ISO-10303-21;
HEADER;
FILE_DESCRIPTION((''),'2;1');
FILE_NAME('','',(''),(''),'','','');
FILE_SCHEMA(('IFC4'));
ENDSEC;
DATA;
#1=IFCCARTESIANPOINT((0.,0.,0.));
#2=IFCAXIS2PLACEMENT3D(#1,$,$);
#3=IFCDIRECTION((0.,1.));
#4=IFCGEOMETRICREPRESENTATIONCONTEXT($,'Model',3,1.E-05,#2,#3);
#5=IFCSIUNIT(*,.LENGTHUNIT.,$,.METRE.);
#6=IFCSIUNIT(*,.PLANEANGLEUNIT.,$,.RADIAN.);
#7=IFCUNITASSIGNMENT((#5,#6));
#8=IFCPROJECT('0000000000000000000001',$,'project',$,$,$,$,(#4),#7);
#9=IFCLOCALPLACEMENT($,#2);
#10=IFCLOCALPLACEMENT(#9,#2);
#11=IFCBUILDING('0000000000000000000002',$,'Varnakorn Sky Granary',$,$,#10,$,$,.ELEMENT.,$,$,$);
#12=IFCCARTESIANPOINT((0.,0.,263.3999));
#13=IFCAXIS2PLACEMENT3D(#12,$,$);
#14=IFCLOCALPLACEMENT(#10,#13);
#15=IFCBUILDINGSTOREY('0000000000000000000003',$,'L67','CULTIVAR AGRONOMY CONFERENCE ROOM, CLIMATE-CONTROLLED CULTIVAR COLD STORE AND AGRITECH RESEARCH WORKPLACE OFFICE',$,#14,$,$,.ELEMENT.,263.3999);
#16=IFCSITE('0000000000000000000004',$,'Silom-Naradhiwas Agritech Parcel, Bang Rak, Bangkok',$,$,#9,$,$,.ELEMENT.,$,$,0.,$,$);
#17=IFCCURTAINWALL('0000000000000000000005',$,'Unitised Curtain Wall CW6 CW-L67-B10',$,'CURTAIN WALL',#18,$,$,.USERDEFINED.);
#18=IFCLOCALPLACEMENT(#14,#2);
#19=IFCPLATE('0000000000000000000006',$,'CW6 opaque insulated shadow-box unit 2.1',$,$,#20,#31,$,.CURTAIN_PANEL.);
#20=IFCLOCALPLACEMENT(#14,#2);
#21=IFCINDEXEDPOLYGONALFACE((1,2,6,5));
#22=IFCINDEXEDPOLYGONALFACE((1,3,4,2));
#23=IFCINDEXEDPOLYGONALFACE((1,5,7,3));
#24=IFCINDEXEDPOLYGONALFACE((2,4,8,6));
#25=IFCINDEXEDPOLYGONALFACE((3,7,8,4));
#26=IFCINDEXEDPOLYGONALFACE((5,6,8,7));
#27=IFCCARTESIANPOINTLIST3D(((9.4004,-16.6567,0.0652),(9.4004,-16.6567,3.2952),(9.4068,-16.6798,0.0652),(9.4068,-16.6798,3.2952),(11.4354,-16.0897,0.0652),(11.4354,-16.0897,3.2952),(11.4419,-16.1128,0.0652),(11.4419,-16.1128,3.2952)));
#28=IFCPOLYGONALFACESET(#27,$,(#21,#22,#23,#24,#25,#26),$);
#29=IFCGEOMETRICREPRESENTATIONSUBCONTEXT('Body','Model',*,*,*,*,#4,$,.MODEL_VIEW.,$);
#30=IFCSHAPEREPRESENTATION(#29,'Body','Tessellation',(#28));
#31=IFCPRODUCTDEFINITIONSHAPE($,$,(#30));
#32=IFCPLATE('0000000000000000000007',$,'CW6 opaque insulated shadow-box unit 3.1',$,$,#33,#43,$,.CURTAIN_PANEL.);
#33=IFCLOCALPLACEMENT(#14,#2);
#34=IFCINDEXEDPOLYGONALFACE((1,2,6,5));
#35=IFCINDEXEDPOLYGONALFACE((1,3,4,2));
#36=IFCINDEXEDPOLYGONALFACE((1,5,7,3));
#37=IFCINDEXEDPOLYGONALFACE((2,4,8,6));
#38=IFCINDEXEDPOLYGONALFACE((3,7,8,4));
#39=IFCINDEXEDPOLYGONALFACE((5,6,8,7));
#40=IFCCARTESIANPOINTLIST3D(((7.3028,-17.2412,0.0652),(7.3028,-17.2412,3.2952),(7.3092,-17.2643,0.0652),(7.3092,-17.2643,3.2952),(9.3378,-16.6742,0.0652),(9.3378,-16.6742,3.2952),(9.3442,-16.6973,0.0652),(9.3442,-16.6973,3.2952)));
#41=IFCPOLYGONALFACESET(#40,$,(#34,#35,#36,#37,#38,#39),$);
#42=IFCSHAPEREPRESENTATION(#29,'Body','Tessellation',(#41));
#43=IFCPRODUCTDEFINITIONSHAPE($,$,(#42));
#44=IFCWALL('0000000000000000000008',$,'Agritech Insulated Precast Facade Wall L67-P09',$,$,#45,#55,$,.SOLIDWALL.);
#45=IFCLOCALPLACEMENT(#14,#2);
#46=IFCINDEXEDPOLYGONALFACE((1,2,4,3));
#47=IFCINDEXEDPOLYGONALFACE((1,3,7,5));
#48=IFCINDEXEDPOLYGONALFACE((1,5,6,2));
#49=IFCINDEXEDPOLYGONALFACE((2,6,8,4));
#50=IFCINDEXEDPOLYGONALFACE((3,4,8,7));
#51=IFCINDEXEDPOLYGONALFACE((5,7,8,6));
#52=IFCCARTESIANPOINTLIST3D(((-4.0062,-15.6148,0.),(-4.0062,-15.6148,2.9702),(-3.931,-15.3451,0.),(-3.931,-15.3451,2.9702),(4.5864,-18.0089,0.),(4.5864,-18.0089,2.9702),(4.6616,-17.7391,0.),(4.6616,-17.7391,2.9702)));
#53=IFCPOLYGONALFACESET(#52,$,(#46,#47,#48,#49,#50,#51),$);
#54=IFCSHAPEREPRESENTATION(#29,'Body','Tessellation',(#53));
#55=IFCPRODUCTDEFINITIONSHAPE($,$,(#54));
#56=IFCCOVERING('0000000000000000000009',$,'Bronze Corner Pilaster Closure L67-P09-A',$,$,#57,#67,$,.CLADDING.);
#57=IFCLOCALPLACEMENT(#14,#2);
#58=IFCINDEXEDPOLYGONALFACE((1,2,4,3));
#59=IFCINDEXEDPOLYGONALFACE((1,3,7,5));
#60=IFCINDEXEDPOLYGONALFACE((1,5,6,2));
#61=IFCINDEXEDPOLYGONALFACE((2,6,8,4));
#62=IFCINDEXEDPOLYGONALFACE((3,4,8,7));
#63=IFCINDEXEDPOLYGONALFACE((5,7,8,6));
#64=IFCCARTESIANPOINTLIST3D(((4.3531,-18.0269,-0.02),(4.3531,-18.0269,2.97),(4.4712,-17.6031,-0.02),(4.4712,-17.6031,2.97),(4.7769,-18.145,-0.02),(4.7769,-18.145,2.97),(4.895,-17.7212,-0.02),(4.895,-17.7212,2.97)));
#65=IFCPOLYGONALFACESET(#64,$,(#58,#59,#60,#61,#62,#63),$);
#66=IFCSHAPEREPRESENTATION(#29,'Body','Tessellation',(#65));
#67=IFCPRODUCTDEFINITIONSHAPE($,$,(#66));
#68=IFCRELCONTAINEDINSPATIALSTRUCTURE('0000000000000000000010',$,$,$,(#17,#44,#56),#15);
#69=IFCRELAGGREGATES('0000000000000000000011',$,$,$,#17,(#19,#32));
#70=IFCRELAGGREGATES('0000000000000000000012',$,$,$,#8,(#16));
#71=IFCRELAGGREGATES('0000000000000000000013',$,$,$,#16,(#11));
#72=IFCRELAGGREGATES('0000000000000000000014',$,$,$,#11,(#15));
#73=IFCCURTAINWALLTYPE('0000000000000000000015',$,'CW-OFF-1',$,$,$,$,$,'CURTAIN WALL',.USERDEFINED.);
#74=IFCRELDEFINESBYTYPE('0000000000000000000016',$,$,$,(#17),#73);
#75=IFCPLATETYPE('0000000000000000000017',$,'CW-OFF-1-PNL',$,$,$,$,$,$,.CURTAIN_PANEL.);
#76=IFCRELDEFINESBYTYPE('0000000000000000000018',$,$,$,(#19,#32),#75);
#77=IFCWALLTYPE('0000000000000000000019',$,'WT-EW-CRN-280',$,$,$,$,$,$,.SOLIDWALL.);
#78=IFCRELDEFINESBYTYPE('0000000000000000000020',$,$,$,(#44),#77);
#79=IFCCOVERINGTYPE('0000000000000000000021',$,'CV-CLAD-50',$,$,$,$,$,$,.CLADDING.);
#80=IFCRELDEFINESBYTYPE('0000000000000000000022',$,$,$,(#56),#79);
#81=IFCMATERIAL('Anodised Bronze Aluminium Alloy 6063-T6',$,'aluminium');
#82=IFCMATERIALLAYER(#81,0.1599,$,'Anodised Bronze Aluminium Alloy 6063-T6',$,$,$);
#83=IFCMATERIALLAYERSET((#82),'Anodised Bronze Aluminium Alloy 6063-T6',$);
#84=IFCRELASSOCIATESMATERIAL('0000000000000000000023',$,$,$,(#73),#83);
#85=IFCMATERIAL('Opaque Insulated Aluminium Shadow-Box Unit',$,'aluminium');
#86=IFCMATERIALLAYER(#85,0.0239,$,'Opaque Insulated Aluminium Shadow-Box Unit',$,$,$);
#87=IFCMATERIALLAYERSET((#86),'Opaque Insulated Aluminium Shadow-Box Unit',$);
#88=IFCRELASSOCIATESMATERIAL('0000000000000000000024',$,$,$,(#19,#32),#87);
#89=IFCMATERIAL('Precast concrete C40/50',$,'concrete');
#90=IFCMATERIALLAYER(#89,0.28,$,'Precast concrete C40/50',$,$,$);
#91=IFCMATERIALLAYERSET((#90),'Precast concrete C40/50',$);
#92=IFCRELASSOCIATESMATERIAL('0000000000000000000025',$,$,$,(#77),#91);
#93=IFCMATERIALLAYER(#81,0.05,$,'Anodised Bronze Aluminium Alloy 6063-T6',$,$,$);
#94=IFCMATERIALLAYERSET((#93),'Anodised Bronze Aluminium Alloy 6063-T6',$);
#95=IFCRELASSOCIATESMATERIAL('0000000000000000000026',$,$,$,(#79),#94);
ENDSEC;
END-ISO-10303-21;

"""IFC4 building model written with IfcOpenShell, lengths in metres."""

from ifc_helpers import new_model, si_unit, direction, frame, frame_2d, origin, origin_2d, place, context, subcontext, project, spatial, rectangle, extrude, source, transform, mapped, material, layer, layer_set, type_object, type_shapes, element, aggregate, save


model = new_model("IFC4")

# Units and contexts
model_context = context("Model", 3, precision=1e-05, world=origin(), true_north=direction((0.0, 1.0)))
body_context = subcontext(model_context, "Body", "Model", "MODEL_VIEW")
ifc_project = project(units=[si_unit("LENGTHUNIT", "METRE"), si_unit("PLANEANGLEUNIT", "RADIAN")], contexts=[model_context])

# Site, building, storey
site_placement = place(None, origin())
site = spatial("IfcSite", under=ifc_project, at=site_placement, Name="Silom-Naradhiwas Agritech Parcel, Bang Rak, Bangkok", CompositionType="ELEMENT", RefElevation=0.0)
building_placement = place(site_placement, origin())
building = spatial("IfcBuilding", under=site, at=building_placement, Name="Varnakorn Sky Granary", CompositionType="ELEMENT")
storey_placement = place(building_placement, frame((0.0, 0.0, 263.3999)))
storey = spatial("IfcBuildingStorey", under=building, at=storey_placement, Name="L67", Description="CULTIVAR AGRONOMY CONFERENCE ROOM, CLIMATE-CONTROLLED CULTIVAR COLD STORE AND AGRITECH RESEARCH WORKPLACE OFFICE", CompositionType="ELEMENT", Elevation=263.3999)

# Curtain wall
ifc_material_1 = material(Name="Anodised Bronze Aluminium Alloy 6063-T6", Category="aluminium")
ifc_layer_1 = layer(ifc_material_1, 0.1599, Name="Anodised Bronze Aluminium Alloy 6063-T6")
ifc_layer_set_1 = layer_set([ifc_layer_1], Name="Anodised Bronze Aluminium Alloy 6063-T6")
curtain_wall_type = type_object("IfcCurtainWallType", Name="CW-OFF-1", ElementType="CURTAIN WALL", PredefinedType="USERDEFINED", material=ifc_layer_set_1)
curtain_wall_placement = place(storey_placement, origin())
curtain_wall = element("IfcCurtainWall", 1, at=curtain_wall_placement, inside=storey, type_object=curtain_wall_type, Name="Unitised Curtain Wall CW6 CW-L67-B10", ObjectType="CURTAIN WALL", PredefinedType="USERDEFINED")

# Plates
plate_type = type_object("IfcPlateType", Name="CW-OFF-1-PNL", PredefinedType="CURTAIN_PANEL")
ifc_material_2 = material(Name="Opaque Insulated Aluminium Shadow-Box Unit", Category="aluminium")
ifc_layer_2 = layer(ifc_material_2, 0.0239, Name="Opaque Insulated Aluminium Shadow-Box Unit")
ifc_layer_set_2 = layer_set([ifc_layer_2], Name="Opaque Insulated Aluminium Shadow-Box Unit")
shared_shape_1 = source(origin(), body_context, "Body", "SweptSolid", [
    extrude(rectangle(XDim=2.1125, YDim=0.0239, at=origin_2d()), origin(), (0.0, 0.0, 1.0), 3.23),
])
plate_1_placement = place(storey_placement, frame((10.4211, -16.3848, 0.0652), z_axis=(0.0, 0.0, 1.0), x_axis=(-0.963307, -0.268401, 0.0)))
plate_1 = element("IfcPlate", 2, at=plate_1_placement, type_object=plate_type, material=ifc_layer_set_2, Name="CW6 opaque insulated shadow-box unit 2.1", PredefinedType="CURTAIN_PANEL", context=body_context, shape_type="MappedRepresentation", body=[
    mapped(shared_shape_1, transform((0.0, 0.0, 0.0), x_axis=(1.0, 0.0, 0.0), y_axis=(0.0, 1.0, 0.0), z_axis=(0.0, 0.0, 1.0), scale=1.0)),
])
plate_2_placement = place(storey_placement, frame((8.3235, -16.9692, 0.0652), z_axis=(0.0, 0.0, 1.0), x_axis=(-0.963307, -0.268401, 0.0)))
plate_2 = element("IfcPlate", 3, at=plate_2_placement, type_object=plate_type, material=ifc_layer_set_2, Name="CW6 opaque insulated shadow-box unit 3.1", PredefinedType="CURTAIN_PANEL", context=body_context, shape_type="MappedRepresentation", body=[
    mapped(shared_shape_1, transform((0.0, 0.0, 0.0), x_axis=(1.0, 0.0, 0.0), y_axis=(0.0, 1.0, 0.0), z_axis=(0.0, 0.0, 1.0), scale=1.0)),
])
aggregate(curtain_wall, [plate_1, plate_2])

# Wall
ifc_material_3 = material(Name="Precast concrete C40/50", Category="concrete")
ifc_layer_3 = layer(ifc_material_3, 0.28, Name="Precast concrete C40/50")
ifc_layer_set_3 = layer_set([ifc_layer_3], Name="Precast concrete C40/50")
wall_type = type_object("IfcWallType", Name="WT-EW-CRN-280", PredefinedType="SOLIDWALL", material=ifc_layer_set_3)
wall_placement = place(storey_placement, frame((4.624, -17.874, 0.0), z_axis=(0.0, 0.0, 1.0), x_axis=(-0.963309, 0.268396, 0.0)))
element("IfcWall", 4, at=wall_placement, inside=storey, type_object=wall_type, Name="Agritech Insulated Precast Facade Wall L67-P09", PredefinedType="SOLIDWALL", context=body_context, shape_type="SweptSolid", body=[
    extrude(rectangle(XDim=8.9199, YDim=0.28, at=frame_2d((4.46, 0.0))), origin(), (0.0, 0.0, 1.0), 2.9702),
])

# Covering
ifc_layer_4 = layer(ifc_material_1, 0.05, Name="Anodised Bronze Aluminium Alloy 6063-T6")
ifc_layer_set_4 = layer_set([ifc_layer_4], Name="Anodised Bronze Aluminium Alloy 6063-T6")
covering_type = type_object("IfcCoveringType", Name="CV-CLAD-50", PredefinedType="CLADDING", material=ifc_layer_set_4)
shared_shape_2 = source(origin(), body_context, "Body", "SweptSolid", [
    extrude(rectangle(XDim=0.4399, YDim=0.4399, at=origin_2d()), origin(), (0.0, 0.0, 1.0), 2.99),
])
type_shapes(covering_type, [shared_shape_2])
covering_placement = place(storey_placement, frame((4.624, -17.874, -0.02), z_axis=(0.0, 0.0, 1.0), x_axis=(-0.963303, 0.268415, 0.0)))
element("IfcCovering", 5, at=covering_placement, inside=storey, type_object=covering_type, Name="Bronze Corner Pilaster Closure L67-P09-A", PredefinedType="CLADDING", context=body_context, shape_type="MappedRepresentation", body=[
    mapped(shared_shape_2, transform((0.0, 0.0, 0.0), x_axis=(1.0, 0.0, 0.0), y_axis=(0.0, 1.0, 0.0), z_axis=(0.0, 0.0, 1.0), scale=1.0)),
])

save(model, "model.ifc")
